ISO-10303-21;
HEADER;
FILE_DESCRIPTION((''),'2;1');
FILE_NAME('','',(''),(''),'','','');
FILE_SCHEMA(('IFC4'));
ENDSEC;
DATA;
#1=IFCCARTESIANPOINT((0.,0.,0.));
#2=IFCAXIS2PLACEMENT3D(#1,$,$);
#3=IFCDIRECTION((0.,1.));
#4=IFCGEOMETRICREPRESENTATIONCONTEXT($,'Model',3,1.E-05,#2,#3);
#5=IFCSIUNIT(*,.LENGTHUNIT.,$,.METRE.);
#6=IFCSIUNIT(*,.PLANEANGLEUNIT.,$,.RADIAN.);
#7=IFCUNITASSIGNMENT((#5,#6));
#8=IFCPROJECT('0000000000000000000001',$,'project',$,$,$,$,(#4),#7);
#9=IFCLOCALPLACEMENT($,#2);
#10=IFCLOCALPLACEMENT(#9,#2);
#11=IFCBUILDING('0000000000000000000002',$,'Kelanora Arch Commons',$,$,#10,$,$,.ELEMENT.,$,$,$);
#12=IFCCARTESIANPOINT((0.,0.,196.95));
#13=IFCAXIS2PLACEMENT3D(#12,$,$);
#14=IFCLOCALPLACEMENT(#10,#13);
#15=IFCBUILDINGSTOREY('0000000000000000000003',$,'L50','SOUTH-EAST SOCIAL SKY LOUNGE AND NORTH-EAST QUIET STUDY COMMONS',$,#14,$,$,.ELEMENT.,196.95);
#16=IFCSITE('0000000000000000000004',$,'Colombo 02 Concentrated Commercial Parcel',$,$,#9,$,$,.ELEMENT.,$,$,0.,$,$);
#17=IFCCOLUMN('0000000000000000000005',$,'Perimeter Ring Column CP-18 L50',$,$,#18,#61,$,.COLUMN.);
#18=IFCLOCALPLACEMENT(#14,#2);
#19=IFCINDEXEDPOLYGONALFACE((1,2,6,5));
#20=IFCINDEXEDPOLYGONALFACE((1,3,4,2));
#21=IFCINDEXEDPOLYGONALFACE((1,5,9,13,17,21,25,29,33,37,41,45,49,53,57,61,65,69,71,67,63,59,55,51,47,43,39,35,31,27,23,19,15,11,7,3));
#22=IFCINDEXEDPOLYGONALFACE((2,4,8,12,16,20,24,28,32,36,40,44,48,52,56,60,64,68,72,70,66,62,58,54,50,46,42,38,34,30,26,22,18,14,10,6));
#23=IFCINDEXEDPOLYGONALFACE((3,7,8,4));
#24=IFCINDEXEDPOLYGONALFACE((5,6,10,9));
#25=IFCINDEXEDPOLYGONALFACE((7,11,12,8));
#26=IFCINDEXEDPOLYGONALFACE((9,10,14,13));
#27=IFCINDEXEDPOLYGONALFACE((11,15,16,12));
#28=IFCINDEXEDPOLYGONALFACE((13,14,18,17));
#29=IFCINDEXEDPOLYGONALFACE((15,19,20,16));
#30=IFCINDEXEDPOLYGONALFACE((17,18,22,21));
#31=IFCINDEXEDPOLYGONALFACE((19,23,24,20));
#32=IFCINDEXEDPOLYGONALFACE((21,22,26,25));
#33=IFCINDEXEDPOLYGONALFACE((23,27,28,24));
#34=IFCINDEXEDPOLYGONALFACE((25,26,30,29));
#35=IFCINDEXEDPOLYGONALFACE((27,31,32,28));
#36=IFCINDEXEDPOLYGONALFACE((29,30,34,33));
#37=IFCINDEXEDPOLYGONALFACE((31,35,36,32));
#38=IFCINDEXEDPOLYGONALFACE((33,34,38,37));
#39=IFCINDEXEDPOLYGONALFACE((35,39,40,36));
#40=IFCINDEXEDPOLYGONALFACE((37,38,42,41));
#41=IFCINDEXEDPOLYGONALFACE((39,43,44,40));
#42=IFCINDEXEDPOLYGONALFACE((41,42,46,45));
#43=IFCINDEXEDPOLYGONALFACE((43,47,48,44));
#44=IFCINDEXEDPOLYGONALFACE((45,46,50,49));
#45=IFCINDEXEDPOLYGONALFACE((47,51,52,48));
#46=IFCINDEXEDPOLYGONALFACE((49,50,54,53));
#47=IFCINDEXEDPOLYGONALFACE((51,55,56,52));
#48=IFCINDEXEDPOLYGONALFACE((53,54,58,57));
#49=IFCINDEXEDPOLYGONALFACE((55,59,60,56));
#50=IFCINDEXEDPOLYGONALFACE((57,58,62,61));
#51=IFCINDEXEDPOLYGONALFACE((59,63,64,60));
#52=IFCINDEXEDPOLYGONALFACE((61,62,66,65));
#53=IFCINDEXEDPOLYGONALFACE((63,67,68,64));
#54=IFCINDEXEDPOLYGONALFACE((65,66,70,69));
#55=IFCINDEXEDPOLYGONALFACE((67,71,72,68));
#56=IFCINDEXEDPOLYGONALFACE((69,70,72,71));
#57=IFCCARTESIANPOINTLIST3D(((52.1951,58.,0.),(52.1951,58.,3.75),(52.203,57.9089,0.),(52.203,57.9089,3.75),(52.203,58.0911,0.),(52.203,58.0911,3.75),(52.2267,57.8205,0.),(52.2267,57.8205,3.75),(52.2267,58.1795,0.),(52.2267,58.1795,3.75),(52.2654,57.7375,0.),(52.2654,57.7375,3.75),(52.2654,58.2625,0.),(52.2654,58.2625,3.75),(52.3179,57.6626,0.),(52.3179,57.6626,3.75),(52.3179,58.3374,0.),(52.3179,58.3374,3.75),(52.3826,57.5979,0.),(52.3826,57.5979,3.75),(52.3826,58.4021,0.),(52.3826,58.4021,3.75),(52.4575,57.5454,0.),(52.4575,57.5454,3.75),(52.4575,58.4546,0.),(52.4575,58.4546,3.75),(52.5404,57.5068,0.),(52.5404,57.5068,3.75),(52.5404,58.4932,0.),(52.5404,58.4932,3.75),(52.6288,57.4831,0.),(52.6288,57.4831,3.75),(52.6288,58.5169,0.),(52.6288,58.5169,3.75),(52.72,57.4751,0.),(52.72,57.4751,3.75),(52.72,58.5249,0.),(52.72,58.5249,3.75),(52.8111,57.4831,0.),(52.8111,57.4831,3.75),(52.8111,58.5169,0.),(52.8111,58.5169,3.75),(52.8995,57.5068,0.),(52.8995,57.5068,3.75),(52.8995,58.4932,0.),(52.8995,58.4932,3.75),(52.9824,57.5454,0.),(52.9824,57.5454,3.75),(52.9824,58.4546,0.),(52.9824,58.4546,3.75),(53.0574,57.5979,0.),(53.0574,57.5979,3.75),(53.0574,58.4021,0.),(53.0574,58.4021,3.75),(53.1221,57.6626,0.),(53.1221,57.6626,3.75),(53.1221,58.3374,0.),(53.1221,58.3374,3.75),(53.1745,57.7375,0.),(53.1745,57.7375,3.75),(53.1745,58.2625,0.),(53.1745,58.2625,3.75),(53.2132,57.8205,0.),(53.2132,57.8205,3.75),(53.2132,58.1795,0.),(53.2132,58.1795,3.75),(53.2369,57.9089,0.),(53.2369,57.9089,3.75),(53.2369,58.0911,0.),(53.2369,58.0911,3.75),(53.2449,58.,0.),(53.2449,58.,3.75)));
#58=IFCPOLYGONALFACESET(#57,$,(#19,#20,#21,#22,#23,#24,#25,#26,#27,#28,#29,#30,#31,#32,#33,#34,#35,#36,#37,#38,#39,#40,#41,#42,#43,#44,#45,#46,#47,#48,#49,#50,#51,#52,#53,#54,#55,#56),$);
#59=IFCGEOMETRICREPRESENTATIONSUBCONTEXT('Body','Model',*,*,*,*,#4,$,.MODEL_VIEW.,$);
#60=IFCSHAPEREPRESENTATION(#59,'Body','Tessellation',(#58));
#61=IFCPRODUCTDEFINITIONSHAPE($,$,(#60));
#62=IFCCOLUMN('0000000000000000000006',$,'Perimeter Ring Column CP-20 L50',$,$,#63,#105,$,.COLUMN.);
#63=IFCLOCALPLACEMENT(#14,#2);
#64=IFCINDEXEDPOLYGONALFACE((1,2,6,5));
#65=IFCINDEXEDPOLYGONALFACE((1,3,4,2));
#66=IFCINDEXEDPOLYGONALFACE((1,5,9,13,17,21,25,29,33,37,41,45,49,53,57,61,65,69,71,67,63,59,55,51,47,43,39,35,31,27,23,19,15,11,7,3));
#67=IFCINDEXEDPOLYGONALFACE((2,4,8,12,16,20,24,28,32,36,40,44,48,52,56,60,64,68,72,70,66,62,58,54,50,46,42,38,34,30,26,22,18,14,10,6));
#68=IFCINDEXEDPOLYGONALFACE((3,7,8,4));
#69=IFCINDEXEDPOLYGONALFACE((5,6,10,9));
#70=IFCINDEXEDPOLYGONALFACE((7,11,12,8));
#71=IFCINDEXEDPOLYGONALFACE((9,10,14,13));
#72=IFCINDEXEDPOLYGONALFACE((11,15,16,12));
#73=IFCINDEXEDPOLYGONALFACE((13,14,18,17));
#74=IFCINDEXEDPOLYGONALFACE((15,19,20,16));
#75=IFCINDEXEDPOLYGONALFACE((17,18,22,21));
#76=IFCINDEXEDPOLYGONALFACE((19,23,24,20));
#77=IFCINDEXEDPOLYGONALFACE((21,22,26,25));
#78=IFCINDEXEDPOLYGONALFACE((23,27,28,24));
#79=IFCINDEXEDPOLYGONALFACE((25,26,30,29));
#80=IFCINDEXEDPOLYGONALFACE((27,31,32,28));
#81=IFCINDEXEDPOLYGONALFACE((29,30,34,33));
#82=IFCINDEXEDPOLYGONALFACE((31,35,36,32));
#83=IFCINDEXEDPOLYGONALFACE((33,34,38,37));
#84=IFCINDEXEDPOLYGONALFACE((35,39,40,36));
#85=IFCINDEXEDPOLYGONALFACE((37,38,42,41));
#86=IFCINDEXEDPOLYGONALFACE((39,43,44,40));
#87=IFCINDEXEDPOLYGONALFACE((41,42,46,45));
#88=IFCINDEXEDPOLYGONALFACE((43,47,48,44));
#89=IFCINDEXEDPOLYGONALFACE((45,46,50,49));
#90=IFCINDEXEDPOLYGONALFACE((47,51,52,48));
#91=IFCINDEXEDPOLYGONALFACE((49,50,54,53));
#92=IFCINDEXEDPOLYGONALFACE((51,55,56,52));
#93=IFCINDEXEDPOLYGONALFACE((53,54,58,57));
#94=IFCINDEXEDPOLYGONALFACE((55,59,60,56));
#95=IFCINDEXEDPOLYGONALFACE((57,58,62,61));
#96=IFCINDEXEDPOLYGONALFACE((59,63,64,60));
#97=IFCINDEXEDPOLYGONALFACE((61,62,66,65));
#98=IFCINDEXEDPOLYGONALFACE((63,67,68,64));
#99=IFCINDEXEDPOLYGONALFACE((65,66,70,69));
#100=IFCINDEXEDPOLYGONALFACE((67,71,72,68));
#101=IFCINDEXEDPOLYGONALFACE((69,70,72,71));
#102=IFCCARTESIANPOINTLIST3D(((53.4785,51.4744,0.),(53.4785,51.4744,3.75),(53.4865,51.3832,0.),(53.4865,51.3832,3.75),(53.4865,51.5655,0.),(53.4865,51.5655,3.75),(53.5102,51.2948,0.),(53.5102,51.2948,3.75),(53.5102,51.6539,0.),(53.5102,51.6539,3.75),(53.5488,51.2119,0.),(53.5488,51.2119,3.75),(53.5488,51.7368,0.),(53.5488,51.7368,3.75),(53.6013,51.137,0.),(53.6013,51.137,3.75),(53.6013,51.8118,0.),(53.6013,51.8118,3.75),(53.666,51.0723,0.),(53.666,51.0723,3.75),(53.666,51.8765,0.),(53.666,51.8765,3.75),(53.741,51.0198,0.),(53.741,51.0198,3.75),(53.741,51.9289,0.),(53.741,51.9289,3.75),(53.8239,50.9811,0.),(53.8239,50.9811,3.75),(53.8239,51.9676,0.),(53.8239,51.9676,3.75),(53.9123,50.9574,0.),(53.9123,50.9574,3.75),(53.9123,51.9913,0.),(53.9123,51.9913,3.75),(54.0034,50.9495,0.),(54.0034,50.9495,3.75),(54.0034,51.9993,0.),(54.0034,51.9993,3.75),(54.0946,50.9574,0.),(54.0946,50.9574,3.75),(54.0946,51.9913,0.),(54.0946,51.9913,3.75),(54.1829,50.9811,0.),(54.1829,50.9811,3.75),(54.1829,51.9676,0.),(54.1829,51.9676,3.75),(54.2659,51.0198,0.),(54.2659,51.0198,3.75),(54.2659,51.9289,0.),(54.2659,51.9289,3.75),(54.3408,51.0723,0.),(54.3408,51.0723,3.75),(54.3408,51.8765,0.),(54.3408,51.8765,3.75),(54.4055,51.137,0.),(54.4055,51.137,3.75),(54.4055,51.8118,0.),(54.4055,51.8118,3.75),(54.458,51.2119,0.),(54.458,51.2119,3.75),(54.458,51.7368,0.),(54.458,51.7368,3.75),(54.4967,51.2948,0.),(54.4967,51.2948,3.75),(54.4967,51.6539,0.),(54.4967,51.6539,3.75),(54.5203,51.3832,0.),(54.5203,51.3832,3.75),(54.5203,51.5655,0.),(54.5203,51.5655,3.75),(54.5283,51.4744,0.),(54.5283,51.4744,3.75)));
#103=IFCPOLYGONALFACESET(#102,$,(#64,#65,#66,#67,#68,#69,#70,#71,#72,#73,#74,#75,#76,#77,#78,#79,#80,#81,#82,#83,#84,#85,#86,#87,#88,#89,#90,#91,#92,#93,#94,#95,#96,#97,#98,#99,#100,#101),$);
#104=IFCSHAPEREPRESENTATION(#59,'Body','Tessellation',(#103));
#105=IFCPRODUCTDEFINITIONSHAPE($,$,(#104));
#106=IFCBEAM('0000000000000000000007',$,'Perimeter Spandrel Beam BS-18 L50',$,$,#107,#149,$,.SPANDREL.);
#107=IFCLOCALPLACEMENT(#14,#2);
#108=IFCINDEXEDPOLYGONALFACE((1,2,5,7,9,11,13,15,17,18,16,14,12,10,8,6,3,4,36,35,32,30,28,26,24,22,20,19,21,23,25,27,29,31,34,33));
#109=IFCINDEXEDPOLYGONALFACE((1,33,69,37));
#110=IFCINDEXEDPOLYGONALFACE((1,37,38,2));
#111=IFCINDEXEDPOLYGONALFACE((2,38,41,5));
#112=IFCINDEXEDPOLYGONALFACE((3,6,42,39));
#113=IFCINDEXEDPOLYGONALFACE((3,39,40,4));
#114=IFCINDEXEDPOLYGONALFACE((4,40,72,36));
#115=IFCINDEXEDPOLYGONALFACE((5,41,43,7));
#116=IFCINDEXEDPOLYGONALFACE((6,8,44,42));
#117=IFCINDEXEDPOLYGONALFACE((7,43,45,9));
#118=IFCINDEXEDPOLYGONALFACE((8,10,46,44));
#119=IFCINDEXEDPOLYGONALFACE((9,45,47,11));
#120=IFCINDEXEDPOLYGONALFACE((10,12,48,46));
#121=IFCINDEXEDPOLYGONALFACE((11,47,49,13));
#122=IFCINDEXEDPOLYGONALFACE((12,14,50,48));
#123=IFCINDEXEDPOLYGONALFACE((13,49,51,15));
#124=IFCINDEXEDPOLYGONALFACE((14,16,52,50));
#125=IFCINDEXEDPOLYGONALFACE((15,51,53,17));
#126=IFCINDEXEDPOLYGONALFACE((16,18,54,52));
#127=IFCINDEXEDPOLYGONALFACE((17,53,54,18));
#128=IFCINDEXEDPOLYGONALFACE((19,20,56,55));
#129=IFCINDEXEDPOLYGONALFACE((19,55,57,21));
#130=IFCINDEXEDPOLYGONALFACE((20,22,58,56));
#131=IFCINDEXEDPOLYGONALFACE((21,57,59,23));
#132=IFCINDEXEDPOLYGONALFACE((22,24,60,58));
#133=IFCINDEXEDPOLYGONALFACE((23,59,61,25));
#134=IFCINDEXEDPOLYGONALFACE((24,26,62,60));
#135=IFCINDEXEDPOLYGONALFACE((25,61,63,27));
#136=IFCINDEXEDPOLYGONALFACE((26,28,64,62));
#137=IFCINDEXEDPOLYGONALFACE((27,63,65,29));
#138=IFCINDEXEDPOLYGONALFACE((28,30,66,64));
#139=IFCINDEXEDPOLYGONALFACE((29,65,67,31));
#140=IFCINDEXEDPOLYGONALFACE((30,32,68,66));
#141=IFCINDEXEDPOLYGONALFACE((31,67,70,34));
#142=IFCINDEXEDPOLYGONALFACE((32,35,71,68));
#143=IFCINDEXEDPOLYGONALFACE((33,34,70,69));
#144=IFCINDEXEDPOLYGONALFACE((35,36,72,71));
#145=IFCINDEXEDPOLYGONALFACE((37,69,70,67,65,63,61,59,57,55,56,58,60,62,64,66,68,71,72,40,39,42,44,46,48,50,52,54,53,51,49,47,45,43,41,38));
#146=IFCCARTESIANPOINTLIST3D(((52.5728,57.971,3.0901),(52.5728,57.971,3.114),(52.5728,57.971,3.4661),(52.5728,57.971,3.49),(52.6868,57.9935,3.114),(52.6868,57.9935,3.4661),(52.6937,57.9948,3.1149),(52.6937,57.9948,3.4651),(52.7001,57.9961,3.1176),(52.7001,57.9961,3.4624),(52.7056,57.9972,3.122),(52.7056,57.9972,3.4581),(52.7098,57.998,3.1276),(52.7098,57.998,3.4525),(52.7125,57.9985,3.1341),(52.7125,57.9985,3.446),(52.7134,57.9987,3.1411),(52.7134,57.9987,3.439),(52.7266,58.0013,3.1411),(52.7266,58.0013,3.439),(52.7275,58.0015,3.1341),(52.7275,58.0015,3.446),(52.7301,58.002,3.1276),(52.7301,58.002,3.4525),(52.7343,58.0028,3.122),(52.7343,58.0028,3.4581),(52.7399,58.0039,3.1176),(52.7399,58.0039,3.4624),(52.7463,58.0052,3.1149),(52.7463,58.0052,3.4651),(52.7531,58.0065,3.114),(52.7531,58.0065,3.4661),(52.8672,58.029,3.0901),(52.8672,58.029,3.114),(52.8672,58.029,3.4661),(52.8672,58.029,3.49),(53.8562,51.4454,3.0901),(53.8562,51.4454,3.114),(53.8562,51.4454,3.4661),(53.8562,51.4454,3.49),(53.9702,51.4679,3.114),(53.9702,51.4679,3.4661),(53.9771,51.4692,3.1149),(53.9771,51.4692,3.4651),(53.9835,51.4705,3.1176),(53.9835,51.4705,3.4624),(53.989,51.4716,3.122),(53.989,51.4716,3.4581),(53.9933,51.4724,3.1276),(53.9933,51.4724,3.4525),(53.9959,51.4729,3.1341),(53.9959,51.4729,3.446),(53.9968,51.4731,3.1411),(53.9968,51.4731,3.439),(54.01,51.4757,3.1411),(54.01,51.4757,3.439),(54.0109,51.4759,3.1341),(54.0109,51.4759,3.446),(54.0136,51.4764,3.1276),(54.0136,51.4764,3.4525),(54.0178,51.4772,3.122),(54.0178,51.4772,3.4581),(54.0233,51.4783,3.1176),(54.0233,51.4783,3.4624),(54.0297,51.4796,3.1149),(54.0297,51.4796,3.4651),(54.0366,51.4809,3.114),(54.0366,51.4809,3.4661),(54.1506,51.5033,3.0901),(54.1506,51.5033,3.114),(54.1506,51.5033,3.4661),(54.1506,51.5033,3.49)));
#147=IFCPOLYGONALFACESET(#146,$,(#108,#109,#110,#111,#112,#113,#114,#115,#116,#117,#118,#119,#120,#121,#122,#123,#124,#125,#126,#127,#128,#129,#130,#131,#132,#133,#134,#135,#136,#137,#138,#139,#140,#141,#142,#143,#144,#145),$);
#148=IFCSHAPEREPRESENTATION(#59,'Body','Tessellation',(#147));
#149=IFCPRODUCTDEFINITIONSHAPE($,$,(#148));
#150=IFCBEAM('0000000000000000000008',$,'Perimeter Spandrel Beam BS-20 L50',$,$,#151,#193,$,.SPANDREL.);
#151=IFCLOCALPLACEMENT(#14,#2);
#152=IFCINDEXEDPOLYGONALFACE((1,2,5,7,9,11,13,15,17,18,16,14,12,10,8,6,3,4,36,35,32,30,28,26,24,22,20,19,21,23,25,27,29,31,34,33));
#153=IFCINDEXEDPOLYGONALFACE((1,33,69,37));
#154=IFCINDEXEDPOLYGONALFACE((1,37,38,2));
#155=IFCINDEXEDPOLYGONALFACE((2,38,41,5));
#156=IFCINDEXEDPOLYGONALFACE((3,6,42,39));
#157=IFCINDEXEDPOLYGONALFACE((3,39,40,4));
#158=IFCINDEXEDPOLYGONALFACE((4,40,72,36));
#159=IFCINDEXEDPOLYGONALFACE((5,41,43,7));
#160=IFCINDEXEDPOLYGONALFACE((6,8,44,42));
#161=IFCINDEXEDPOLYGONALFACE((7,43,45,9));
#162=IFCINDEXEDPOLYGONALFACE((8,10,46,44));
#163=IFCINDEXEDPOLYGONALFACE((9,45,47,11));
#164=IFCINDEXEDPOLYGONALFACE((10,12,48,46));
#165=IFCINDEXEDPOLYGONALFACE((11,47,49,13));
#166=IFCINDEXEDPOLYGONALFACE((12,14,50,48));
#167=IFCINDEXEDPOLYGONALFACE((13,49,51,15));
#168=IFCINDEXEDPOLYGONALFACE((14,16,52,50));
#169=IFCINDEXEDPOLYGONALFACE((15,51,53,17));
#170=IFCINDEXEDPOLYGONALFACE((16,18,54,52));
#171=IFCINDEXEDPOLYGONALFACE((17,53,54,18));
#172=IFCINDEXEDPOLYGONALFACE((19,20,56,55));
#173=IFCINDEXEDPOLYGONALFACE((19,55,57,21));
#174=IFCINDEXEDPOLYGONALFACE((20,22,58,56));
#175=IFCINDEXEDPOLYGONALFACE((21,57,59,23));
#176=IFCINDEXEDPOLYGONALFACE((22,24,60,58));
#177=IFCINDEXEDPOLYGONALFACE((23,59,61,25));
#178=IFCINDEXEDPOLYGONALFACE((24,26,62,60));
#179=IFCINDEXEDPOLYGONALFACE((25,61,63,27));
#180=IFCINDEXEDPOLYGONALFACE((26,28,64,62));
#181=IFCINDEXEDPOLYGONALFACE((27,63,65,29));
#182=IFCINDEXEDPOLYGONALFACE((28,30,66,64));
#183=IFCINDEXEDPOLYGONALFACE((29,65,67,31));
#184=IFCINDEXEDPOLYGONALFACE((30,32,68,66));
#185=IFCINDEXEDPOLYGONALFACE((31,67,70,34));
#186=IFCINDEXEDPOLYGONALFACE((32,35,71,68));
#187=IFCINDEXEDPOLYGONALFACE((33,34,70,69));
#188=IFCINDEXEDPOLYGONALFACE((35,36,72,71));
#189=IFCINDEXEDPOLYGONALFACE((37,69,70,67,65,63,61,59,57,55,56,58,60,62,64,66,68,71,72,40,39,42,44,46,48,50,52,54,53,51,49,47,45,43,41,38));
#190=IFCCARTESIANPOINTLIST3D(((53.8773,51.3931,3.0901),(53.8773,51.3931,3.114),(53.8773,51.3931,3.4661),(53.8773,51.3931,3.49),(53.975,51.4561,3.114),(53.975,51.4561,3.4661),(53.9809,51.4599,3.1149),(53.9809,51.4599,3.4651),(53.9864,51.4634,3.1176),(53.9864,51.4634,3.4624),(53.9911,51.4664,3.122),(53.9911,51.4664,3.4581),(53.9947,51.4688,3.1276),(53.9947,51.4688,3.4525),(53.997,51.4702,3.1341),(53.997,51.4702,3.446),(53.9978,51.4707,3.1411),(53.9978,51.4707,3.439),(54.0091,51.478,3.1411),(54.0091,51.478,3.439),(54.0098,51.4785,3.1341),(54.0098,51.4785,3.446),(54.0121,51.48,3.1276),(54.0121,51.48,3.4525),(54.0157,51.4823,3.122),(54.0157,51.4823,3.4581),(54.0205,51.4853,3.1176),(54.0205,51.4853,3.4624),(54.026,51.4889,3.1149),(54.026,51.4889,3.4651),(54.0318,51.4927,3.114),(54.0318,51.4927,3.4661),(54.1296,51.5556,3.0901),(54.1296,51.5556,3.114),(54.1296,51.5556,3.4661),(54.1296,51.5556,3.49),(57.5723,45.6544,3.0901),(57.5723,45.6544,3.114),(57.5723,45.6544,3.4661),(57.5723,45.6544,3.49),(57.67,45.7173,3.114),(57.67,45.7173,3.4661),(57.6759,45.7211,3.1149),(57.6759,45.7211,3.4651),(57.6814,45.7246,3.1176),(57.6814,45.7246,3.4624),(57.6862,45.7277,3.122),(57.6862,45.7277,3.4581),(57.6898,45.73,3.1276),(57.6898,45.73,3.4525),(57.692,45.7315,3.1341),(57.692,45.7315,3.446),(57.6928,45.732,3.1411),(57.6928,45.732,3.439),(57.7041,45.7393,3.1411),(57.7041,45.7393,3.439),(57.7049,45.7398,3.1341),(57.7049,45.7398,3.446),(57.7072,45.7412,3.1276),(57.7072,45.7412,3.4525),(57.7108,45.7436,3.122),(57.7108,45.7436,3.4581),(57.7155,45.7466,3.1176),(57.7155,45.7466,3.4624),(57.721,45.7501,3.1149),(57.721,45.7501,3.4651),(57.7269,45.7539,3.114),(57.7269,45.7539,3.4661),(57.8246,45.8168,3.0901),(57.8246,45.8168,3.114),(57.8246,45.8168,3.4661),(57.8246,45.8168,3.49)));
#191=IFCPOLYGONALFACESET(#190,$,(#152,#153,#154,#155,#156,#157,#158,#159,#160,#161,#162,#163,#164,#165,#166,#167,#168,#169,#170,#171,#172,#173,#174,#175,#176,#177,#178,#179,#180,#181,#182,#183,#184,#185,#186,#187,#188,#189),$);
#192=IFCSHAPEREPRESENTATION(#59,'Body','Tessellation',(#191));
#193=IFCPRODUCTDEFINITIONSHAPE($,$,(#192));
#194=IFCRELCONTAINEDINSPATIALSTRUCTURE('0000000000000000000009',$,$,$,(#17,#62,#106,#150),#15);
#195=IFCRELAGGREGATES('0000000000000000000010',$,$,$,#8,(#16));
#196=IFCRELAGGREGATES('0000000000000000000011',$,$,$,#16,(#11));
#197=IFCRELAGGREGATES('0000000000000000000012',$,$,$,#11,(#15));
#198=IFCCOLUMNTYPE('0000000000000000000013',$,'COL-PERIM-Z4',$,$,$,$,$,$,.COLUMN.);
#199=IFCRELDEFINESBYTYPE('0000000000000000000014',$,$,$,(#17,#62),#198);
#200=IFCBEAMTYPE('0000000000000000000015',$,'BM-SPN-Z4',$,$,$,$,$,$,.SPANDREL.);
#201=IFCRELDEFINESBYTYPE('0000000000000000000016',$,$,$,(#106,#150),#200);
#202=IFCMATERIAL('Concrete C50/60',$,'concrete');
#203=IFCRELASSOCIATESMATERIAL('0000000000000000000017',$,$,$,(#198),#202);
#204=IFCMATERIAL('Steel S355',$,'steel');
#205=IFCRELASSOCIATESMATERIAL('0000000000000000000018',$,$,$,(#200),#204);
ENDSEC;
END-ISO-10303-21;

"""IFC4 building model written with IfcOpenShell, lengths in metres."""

from ifc_helpers import new_model, si_unit, direction, frame, origin, origin_2d, place, context, subcontext, project, spatial, circle, i_section, extrude, material, material_profile, profile_set, type_object, element, save


model = new_model("IFC4")

# Units and contexts
model_context = context("Model", 3, precision=1e-05, world=origin(), true_north=direction((0.0, 1.0)))
body_context = subcontext(model_context, "Body", "Model", "MODEL_VIEW")
ifc_project = project(units=[si_unit("LENGTHUNIT", "METRE"), si_unit("PLANEANGLEUNIT", "RADIAN")], contexts=[model_context])

# Site, building, storey
site_placement = place(None, origin())
site = spatial("IfcSite", under=ifc_project, at=site_placement, Name="Colombo 02 Concentrated Commercial Parcel", CompositionType="ELEMENT", RefElevation=0.0)
building_placement = place(site_placement, origin())
building = spatial("IfcBuilding", under=site, at=building_placement, Name="Kelanora Arch Commons", CompositionType="ELEMENT")
storey_placement = place(building_placement, frame((0.0, 0.0, 196.95)))
storey = spatial("IfcBuildingStorey", under=building, at=storey_placement, Name="L50", Description="SOUTH-EAST SOCIAL SKY LOUNGE AND NORTH-EAST QUIET STUDY COMMONS", CompositionType="ELEMENT", Elevation=196.95)

# Columns
ifc_material_1 = material(Name="Concrete C50/60", Category="concrete")
ifc_material_profile_1 = material_profile(ifc_material_1, circle(Radius=0.5249, at=origin_2d()), Name="RCC1050")
ifc_profile_set_1 = profile_set([ifc_material_profile_1], Name="Concrete C50/60")
column_type = type_object("IfcColumnType", Name="COL-PERIM-Z4", PredefinedType="COLUMN", material=ifc_profile_set_1)
for number, where, z_axis, x_axis, name in (
    (1, (52.72, 58.0, 0.0), (0.0, 0.0, 1.0), (1.0, 0.0, 0.0), "Perimeter Ring Column CP-18 L50"),
    (2, (54.0034, 51.4744, 0.0), (0.0, 0.0, 1.0), (1.0, 0.0, 0.0), "Perimeter Ring Column CP-20 L50"),
):
    element("IfcColumn", number, at=place(storey_placement, frame(where, z_axis=z_axis, x_axis=x_axis)), inside=storey, type_object=column_type, Name=name, PredefinedType="COLUMN", context=body_context, shape_type="SweptSolid", body=[
        extrude(circle(Radius=0.5249, at=origin_2d()), origin(), (0.0, 0.0, 1.0), 3.75),
    ])

# Beams
ifc_material_2 = material(Name="Steel S355", Category="steel")
ifc_material_profile_2 = material_profile(ifc_material_2, i_section(OverallWidth=0.3, OverallDepth=0.3999, WebThickness=0.0134, FlangeThickness=0.0239, FilletRadius=0.0271, at=origin_2d()), Name="HEB400")
ifc_profile_set_2 = profile_set([ifc_material_profile_2], Name="Steel S355")
beam_type = type_object("IfcBeamType", Name="BM-SPN-Z4", PredefinedType="SPANDREL", material=ifc_profile_set_2)
beam_1_placement = place(storey_placement, frame((52.72, 58.0, 3.29), z_axis=(0.192981, -0.981203, 0.0), x_axis=(0.981203, 0.192981, 0.0)))
element("IfcBeam", 3, at=beam_1_placement, inside=storey, type_object=beam_type, Name="Perimeter Spandrel Beam BS-18 L50", PredefinedType="SPANDREL", context=body_context, shape_type="SweptSolid", body=[
    extrude(i_section(OverallWidth=0.3, OverallDepth=0.3999, WebThickness=0.0134, FlangeThickness=0.0239, FilletRadius=0.0271, at=origin_2d()), origin(), (0.0, 0.0, 1.0), 6.6506),
])
beam_2_placement = place(storey_placement, frame((54.0034, 51.4744, 3.29), z_axis=(0.541365, -0.840788, 0.0), x_axis=(0.840788, 0.541365, 0.0)))
element("IfcBeam", 4, at=beam_2_placement, inside=storey, type_object=beam_type, Name="Perimeter Spandrel Beam BS-20 L50", PredefinedType="SPANDREL", context=body_context, shape_type="SweptSolid", body=[
    extrude(i_section(OverallWidth=0.3, OverallDepth=0.3999, WebThickness=0.0134, FlangeThickness=0.0239, FilletRadius=0.0271, at=origin_2d()), origin(), (0.0, 0.0, 1.0), 6.8254),
])

save(model, "model.ifc")
